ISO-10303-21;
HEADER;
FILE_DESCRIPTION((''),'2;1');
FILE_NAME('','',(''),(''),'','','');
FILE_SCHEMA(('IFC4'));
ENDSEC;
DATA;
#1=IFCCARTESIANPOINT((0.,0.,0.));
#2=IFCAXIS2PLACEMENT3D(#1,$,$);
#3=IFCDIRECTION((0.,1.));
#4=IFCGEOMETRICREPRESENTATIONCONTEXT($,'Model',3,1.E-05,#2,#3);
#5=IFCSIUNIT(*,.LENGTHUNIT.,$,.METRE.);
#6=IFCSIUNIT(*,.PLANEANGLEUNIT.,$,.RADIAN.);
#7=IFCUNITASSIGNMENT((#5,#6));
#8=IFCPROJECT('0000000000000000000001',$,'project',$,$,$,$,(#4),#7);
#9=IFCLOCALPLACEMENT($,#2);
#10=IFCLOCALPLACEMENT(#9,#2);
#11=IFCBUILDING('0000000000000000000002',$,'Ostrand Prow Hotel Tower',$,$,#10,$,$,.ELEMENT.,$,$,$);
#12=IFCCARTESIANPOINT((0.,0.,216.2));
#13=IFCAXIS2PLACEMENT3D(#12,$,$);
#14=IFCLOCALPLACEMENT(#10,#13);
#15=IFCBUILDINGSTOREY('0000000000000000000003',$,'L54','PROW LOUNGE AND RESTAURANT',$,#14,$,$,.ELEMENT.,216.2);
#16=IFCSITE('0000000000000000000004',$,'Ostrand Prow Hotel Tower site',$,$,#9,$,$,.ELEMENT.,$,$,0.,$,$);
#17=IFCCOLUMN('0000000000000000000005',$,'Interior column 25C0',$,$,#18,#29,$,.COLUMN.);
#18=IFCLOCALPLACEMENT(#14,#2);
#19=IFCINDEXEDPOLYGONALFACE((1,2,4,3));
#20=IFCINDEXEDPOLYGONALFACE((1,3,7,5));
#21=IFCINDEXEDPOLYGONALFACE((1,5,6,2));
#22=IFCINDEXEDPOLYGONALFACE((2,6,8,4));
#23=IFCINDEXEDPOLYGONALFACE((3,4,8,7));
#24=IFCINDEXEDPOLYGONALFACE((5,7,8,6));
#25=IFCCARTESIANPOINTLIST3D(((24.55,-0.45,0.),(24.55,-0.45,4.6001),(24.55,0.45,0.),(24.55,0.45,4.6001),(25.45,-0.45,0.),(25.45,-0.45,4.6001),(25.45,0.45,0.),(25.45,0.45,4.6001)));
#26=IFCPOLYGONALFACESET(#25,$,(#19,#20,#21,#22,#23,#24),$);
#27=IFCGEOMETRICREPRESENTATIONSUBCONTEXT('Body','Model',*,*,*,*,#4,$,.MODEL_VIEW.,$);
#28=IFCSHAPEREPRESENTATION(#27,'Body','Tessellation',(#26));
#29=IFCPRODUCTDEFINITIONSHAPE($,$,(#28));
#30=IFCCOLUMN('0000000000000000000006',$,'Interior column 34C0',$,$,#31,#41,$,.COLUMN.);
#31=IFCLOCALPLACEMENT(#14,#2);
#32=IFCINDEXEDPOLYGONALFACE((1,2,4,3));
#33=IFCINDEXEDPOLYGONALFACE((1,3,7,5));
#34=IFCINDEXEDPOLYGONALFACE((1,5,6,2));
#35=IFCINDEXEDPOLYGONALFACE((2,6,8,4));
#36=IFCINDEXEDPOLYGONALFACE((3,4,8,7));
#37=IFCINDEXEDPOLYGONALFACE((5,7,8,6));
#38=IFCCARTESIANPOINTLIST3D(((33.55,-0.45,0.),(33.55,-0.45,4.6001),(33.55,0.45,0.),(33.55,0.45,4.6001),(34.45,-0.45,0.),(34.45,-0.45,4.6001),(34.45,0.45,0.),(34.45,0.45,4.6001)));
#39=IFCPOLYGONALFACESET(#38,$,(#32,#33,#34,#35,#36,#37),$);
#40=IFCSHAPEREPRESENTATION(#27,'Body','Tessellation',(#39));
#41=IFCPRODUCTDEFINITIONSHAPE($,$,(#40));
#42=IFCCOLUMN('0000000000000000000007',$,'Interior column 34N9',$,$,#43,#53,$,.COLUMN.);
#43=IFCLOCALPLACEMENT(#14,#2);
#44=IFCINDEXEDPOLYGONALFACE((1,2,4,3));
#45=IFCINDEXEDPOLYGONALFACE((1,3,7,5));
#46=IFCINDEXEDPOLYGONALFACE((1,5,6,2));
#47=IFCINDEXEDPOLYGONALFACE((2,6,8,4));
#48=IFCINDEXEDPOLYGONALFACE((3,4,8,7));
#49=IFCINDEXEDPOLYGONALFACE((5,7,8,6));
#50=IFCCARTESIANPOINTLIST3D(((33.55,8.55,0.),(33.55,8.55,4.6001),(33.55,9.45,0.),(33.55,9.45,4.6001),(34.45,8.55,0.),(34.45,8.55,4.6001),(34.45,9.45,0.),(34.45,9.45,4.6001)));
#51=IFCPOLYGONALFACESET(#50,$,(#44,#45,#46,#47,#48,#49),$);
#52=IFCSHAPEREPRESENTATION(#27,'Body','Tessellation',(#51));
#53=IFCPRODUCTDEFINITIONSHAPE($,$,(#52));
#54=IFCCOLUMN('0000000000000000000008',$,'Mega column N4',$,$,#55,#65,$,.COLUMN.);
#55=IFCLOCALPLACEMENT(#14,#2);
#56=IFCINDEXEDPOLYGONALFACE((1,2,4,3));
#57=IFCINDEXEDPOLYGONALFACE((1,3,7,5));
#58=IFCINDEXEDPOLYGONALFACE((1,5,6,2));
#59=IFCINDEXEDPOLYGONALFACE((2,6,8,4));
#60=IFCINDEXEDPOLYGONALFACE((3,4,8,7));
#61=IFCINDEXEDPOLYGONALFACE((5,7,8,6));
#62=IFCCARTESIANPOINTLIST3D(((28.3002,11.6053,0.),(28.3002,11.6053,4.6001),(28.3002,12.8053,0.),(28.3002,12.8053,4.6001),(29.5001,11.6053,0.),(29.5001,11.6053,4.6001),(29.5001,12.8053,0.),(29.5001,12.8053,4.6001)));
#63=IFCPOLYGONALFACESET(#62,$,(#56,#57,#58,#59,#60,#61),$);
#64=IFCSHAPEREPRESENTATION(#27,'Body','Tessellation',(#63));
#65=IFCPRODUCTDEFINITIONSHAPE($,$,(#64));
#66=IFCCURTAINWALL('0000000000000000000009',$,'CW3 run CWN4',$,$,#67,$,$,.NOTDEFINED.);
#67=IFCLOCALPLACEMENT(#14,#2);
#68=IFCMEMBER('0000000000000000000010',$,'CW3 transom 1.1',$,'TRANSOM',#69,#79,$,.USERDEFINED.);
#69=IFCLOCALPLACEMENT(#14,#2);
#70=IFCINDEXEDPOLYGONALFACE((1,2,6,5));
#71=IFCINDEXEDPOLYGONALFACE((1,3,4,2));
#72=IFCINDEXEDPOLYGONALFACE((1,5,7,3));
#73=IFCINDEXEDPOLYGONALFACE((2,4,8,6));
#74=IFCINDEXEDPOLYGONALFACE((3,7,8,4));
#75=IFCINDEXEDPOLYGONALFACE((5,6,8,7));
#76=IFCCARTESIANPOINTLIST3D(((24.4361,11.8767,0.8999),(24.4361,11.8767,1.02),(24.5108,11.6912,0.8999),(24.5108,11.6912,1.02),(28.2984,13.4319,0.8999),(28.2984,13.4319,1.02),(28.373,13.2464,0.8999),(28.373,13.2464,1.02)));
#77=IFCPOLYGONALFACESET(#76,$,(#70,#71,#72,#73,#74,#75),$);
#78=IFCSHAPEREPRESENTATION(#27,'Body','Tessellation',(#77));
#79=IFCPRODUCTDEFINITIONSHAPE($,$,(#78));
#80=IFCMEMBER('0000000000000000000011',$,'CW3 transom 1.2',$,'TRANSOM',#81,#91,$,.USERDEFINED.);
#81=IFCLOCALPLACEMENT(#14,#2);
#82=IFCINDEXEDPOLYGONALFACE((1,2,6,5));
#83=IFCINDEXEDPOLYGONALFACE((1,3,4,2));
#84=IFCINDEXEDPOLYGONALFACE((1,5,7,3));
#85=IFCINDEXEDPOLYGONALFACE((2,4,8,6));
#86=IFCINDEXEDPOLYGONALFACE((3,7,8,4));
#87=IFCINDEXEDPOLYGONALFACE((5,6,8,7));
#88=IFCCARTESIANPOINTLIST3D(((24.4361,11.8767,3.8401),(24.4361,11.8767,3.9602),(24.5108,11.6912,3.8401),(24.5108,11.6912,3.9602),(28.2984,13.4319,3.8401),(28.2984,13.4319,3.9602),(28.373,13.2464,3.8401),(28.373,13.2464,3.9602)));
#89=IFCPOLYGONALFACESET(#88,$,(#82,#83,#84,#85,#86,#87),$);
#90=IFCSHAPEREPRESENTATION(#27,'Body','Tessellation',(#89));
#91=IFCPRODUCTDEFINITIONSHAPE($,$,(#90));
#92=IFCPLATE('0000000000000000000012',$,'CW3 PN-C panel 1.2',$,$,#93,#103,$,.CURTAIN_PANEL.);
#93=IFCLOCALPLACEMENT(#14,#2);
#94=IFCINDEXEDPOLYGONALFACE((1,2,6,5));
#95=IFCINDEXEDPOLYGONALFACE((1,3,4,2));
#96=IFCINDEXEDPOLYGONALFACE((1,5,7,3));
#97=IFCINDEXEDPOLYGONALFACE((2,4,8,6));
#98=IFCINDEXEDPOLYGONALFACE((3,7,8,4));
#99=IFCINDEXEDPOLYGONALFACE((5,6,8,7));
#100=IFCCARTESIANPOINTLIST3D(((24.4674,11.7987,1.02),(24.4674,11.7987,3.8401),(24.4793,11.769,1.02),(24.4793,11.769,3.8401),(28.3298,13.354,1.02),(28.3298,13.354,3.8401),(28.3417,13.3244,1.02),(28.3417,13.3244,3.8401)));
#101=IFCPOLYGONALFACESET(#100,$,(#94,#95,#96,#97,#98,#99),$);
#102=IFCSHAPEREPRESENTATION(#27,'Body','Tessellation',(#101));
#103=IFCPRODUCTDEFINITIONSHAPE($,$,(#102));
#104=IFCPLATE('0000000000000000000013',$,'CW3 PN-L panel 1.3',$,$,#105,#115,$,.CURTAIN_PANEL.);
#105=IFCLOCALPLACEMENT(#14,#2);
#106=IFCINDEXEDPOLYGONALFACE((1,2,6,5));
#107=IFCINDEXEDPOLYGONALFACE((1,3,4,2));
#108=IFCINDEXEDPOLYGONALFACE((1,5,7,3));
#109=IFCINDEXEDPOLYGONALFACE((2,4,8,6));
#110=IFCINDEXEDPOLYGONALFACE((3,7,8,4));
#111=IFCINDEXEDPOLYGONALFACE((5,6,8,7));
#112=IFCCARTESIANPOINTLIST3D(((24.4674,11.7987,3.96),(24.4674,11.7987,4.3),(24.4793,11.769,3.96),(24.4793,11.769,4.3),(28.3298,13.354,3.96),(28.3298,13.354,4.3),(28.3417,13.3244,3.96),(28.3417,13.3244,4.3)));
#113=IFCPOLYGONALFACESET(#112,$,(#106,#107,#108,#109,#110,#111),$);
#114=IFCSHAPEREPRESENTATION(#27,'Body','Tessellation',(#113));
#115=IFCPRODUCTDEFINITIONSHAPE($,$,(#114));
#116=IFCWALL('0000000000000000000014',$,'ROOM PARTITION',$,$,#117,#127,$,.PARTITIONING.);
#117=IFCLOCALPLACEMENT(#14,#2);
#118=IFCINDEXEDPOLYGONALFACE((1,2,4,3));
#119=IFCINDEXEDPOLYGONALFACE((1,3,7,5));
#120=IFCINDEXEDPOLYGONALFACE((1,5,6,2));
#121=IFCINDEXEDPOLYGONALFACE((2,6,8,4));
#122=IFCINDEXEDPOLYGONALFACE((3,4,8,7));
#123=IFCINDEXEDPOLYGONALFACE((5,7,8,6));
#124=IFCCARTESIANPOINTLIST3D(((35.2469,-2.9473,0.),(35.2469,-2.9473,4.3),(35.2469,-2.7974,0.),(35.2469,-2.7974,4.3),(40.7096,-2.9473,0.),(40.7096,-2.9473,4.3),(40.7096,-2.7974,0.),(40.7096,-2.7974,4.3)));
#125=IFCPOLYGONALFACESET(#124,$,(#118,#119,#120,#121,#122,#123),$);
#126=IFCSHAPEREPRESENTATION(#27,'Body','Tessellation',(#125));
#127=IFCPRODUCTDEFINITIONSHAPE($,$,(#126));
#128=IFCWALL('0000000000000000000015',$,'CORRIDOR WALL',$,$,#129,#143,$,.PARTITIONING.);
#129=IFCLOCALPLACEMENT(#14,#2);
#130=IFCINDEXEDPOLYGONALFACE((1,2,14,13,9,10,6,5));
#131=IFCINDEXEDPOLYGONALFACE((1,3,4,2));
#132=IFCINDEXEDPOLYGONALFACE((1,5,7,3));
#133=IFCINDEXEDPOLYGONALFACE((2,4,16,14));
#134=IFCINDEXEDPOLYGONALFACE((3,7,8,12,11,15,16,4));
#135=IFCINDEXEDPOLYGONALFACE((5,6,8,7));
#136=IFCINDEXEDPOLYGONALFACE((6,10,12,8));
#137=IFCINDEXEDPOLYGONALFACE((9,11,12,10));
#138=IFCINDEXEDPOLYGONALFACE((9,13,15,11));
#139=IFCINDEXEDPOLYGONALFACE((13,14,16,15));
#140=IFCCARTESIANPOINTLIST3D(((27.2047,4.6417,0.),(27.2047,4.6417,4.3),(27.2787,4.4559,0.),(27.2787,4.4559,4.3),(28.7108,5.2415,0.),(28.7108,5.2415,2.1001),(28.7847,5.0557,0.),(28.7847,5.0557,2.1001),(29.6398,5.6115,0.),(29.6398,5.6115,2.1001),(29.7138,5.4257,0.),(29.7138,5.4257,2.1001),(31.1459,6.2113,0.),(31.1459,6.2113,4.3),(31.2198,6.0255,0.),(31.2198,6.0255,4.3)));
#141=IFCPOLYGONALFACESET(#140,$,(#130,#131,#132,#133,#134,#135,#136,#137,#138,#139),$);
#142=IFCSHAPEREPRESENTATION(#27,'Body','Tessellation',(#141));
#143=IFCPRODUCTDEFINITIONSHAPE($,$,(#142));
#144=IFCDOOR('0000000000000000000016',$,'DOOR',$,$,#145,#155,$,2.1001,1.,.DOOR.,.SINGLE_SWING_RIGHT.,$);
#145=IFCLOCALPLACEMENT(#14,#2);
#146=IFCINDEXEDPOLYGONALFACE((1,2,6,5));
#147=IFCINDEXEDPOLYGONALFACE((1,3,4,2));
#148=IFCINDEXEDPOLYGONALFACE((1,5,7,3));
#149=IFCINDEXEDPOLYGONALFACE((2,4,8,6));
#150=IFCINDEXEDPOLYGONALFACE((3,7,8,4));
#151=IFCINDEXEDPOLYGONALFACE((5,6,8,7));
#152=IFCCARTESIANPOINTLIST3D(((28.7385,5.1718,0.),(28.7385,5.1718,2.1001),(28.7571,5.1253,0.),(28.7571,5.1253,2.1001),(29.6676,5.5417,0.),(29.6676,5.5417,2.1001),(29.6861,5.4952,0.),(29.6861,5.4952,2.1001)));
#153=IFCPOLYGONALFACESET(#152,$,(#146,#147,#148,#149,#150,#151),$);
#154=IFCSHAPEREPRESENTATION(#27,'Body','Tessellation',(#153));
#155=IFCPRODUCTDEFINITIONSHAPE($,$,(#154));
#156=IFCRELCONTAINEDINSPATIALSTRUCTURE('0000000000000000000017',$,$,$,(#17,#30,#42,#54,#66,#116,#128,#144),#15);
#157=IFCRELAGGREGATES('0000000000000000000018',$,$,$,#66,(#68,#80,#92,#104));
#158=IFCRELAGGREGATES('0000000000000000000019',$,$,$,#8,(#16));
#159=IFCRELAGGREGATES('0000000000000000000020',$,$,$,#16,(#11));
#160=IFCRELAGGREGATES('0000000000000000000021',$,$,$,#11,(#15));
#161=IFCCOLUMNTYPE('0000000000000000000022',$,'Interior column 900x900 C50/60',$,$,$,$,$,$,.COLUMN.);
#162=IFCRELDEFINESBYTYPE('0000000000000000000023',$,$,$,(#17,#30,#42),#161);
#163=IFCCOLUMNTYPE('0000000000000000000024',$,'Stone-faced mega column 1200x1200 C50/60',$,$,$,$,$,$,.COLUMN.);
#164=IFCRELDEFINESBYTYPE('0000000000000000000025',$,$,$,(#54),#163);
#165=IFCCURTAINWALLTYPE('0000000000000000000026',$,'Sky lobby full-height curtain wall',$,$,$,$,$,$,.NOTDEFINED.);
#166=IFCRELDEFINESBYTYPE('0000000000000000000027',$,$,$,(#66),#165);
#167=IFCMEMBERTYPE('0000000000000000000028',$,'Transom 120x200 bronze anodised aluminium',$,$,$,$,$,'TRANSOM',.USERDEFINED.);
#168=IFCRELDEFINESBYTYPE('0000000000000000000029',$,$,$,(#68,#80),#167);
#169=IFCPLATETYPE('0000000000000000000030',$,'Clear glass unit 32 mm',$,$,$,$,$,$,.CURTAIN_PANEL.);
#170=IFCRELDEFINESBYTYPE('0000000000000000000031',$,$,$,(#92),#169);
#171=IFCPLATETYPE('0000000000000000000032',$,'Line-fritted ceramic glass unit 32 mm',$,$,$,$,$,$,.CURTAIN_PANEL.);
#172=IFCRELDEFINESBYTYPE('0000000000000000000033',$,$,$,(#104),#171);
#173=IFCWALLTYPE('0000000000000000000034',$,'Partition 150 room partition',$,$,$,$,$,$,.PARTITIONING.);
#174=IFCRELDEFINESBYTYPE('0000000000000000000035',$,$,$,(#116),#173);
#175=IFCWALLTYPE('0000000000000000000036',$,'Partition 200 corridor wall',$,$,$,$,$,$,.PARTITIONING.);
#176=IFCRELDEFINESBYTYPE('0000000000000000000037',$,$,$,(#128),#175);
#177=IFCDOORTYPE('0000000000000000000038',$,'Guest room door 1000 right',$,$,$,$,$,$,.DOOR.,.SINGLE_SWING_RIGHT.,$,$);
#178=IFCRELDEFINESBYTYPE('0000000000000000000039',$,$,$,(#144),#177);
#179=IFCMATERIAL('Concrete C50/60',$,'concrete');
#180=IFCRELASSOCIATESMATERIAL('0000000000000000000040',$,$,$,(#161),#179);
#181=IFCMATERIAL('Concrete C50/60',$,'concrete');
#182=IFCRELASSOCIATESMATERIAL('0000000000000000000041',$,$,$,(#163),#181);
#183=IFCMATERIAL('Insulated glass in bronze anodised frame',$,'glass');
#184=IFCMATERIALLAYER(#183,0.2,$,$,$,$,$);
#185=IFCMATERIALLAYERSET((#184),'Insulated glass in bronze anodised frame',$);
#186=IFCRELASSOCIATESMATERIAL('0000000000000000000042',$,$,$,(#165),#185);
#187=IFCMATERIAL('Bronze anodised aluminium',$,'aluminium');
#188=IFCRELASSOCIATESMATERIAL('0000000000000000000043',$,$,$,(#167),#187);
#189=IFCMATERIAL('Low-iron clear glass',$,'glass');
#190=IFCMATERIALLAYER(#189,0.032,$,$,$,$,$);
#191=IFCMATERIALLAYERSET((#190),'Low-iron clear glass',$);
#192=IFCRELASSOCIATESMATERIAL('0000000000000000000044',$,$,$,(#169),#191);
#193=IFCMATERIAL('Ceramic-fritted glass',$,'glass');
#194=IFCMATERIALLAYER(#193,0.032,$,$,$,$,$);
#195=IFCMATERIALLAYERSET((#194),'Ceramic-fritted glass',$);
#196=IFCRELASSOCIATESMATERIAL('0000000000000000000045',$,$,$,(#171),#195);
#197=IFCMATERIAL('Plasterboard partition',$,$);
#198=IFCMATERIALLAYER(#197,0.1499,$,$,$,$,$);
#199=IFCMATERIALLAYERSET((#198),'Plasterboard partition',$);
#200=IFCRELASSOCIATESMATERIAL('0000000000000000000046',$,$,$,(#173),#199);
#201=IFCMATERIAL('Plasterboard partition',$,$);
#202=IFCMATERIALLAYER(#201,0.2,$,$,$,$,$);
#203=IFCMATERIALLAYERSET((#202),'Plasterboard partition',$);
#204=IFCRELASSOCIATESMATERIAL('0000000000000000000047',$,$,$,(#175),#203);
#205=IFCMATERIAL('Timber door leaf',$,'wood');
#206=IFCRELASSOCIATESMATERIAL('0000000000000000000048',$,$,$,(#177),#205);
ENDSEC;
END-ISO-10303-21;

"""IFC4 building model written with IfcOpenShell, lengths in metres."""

from ifc_helpers import new_model, si_unit, direction, frame, frame_2d, origin, origin_2d, place, context, subcontext, project, spatial, rectangle, extrude, material, layer, layer_set, material_profile, profile_set, type_object, element, fill, aggregate, save


model = new_model("IFC4")

# Units and contexts
model_context = context("Model", 3, precision=1e-05, world=origin(), true_north=direction((0.0, 1.0)))
body_context = subcontext(model_context, "Body", "Model", "MODEL_VIEW")
ifc_project = project(units=[si_unit("LENGTHUNIT", "METRE"), si_unit("PLANEANGLEUNIT", "RADIAN")], contexts=[model_context])

# Site, building, storey
site_placement = place(None, origin())
site = spatial("IfcSite", under=ifc_project, at=site_placement, Name="Ostrand Prow Hotel Tower site", CompositionType="ELEMENT", RefElevation=0.0)
building_placement = place(site_placement, origin())
building = spatial("IfcBuilding", under=site, at=building_placement, Name="Ostrand Prow Hotel Tower", CompositionType="ELEMENT")
storey_placement = place(building_placement, frame((0.0, 0.0, 216.2)))
storey = spatial("IfcBuildingStorey", under=building, at=storey_placement, Name="L54", Description="PROW LOUNGE AND RESTAURANT", CompositionType="ELEMENT", Elevation=216.2)

# Columns
ifc_material_1 = material(Name="Concrete C50/60", Category="concrete")
ifc_material_profile_1 = material_profile(ifc_material_1, rectangle(XDim=0.8999, YDim=0.8999, at=origin_2d()), Name="RC 900x900")
ifc_profile_set_1 = profile_set([ifc_material_profile_1], Name="Concrete C50/60")
column_type_1 = type_object("IfcColumnType", Name="Interior column 900x900 C50/60", PredefinedType="COLUMN", material=ifc_profile_set_1)
for number, where, z_axis, x_axis, name in (
    (1, (25.0, 0.0, 0.0), (0.0, 0.0, 1.0), (1.0, 0.0, 0.0), "Interior column 25C0"),
    (2, (34.0, 0.0, 0.0), (0.0, 0.0, 1.0), (1.0, 0.0, 0.0), "Interior column 34C0"),
    (3, (34.0, 9.0, 0.0), (0.0, 0.0, 1.0), (1.0, 0.0, 0.0), "Interior column 34N9"),
):
    element("IfcColumn", number, at=place(storey_placement, frame(where, z_axis=z_axis, x_axis=x_axis)), inside=storey, type_object=column_type_1, Name=name, PredefinedType="COLUMN", context=body_context, shape_type="SweptSolid", body=[
        extrude(rectangle(XDim=0.8999, YDim=0.8999, at=origin_2d()), origin(), (0.0, 0.0, 1.0), 4.6001),
    ])
ifc_material_2 = material(Name="Concrete C50/60", Category="concrete")
ifc_material_profile_2 = material_profile(ifc_material_2, rectangle(XDim=1.2, YDim=1.2, at=origin_2d()), Name="RC 1200x1200")
ifc_profile_set_2 = profile_set([ifc_material_profile_2], Name="Concrete C50/60")
column_type_2 = type_object("IfcColumnType", Name="Stone-faced mega column 1200x1200 C50/60", PredefinedType="COLUMN", material=ifc_profile_set_2)
column_placement = place(storey_placement, frame((28.9001, 12.2053, 0.0), z_axis=(0.0, 0.0, 1.0), x_axis=(1.0, 0.0, 0.0)))
element("IfcColumn", 4, at=column_placement, inside=storey, type_object=column_type_2, Name="Mega column N4", PredefinedType="COLUMN", context=body_context, shape_type="SweptSolid", body=[
    extrude(rectangle(XDim=1.2, YDim=1.2, at=origin_2d()), origin(), (0.0, 0.0, 1.0), 4.6001),
])

# Curtain wall, members, plates
ifc_material_3 = material(Name="Insulated glass in bronze anodised frame", Category="glass")
ifc_layer_1 = layer(ifc_material_3, 0.2)
ifc_layer_set_1 = layer_set([ifc_layer_1], Name="Insulated glass in bronze anodised frame")
curtain_wall_type = type_object("IfcCurtainWallType", Name="Sky lobby full-height curtain wall", PredefinedType="NOTDEFINED", material=ifc_layer_set_1)
curtain_wall_placement = place(storey_placement, origin())
curtain_wall = element("IfcCurtainWall", 5, at=curtain_wall_placement, inside=storey, type_object=curtain_wall_type, Name="CW3 run CWN4", PredefinedType="NOTDEFINED")
ifc_material_4 = material(Name="Bronze anodised aluminium", Category="aluminium")
ifc_material_profile_3 = material_profile(ifc_material_4, rectangle(XDim=0.2, YDim=0.1201, at=origin_2d()), Name="Transom 120x200 bronze anodised aluminium")
ifc_profile_set_3 = profile_set([ifc_material_profile_3], Name="Bronze anodised aluminium")
member_type = type_object("IfcMemberType", Name="Transom 120x200 bronze anodised aluminium", ElementType="TRANSOM", PredefinedType="USERDEFINED", material=ifc_profile_set_3)
member_1_placement = place(storey_placement, frame((28.3357, 13.3391, 0.96), z_axis=(-0.927625, -0.373513, 0.0), x_axis=(0.373513, -0.927625, 0.0)))
member_1 = element("IfcMember", 6, at=member_1_placement, type_object=member_type, Name="CW3 transom 1.1", ObjectType="TRANSOM", PredefinedType="USERDEFINED", context=body_context, shape_type="SweptSolid", body=[
    extrude(rectangle(XDim=0.2, YDim=0.1201, at=origin_2d()), origin(), (0.0, 0.0, 1.0), 4.1636),
])
member_2_placement = place(storey_placement, frame((28.3357, 13.3391, 3.9001), z_axis=(-0.927625, -0.373513, 0.0), x_axis=(0.373513, -0.927625, 0.0)))
member_2 = element("IfcMember", 7, at=member_2_placement, type_object=member_type, Name="CW3 transom 1.2", ObjectType="TRANSOM", PredefinedType="USERDEFINED", context=body_context, shape_type="SweptSolid", body=[
    extrude(rectangle(XDim=0.2, YDim=0.1201, at=origin_2d()), origin(), (0.0, 0.0, 1.0), 4.1636),
])
ifc_material_5 = material(Name="Low-iron clear glass", Category="glass")
ifc_layer_2 = layer(ifc_material_5, 0.032)
ifc_layer_set_2 = layer_set([ifc_layer_2], Name="Low-iron clear glass")
plate_type_1 = type_object("IfcPlateType", Name="Clear glass unit 32 mm", PredefinedType="CURTAIN_PANEL", material=ifc_layer_set_2)
plate_1_placement = place(storey_placement, frame((26.4045, 12.5615, 1.02), z_axis=(0.0, 0.0, 1.0), x_axis=(-0.927617, -0.373533, 0.0)))
plate_1 = element("IfcPlate", 8, at=plate_1_placement, type_object=plate_type_1, Name="CW3 PN-C panel 1.2", PredefinedType="CURTAIN_PANEL", context=body_context, shape_type="SweptSolid", body=[
    extrude(rectangle(XDim=4.1638, YDim=0.032, at=origin_2d()), origin(), (0.0, 0.0, 1.0), 2.8201),
])
ifc_material_6 = material(Name="Ceramic-fritted glass", Category="glass")
ifc_layer_3 = layer(ifc_material_6, 0.032)
ifc_layer_set_3 = layer_set([ifc_layer_3], Name="Ceramic-fritted glass")
plate_type_2 = type_object("IfcPlateType", Name="Line-fritted ceramic glass unit 32 mm", PredefinedType="CURTAIN_PANEL", material=ifc_layer_set_3)
plate_2_placement = place(storey_placement, frame((26.4045, 12.5615, 3.96), z_axis=(0.0, 0.0, 1.0), x_axis=(-0.927617, -0.373533, 0.0)))
plate_2 = element("IfcPlate", 9, at=plate_2_placement, type_object=plate_type_2, Name="CW3 PN-L panel 1.3", PredefinedType="CURTAIN_PANEL", context=body_context, shape_type="SweptSolid", body=[
    extrude(rectangle(XDim=4.1638, YDim=0.032, at=origin_2d()), origin(), (0.0, 0.0, 1.0), 0.3401),
])
aggregate(curtain_wall, [member_1, member_2, plate_1, plate_2])

# Wall
ifc_material_7 = material(Name="Plasterboard partition")
ifc_layer_4 = layer(ifc_material_7, 0.1499)
ifc_layer_set_4 = layer_set([ifc_layer_4], Name="Plasterboard partition")
wall_type_1 = type_object("IfcWallType", Name="Partition 150 room partition", PredefinedType="PARTITIONING", material=ifc_layer_set_4)
wall_1_placement = place(storey_placement, frame((35.2468, -2.8723, 0.0), z_axis=(0.0, 0.0, 1.0), x_axis=(1.0, 0.0, 0.0)))
element("IfcWall", 10, at=wall_1_placement, inside=storey, type_object=wall_type_1, Name="ROOM PARTITION", PredefinedType="PARTITIONING", context=body_context, shape_type="SweptSolid", body=[
    extrude(rectangle(XDim=5.4626, YDim=0.1499, at=frame_2d((2.7314, 0.0))), origin(), (0.0, 0.0, 1.0), 4.3),
])

# Wall, opening, door
ifc_material_8 = material(Name="Plasterboard partition")
ifc_layer_5 = layer(ifc_material_8, 0.2)
ifc_layer_set_5 = layer_set([ifc_layer_5], Name="Plasterboard partition")
wall_type_2 = type_object("IfcWallType", Name="Partition 200 corridor wall", PredefinedType="PARTITIONING", material=ifc_layer_set_5)
wall_2_placement = place(storey_placement, frame((27.2417, 4.5488, 0.0), z_axis=(0.0, 0.0, 1.0), x_axis=(0.929035, 0.369991, 0.0)))
wall_2 = element("IfcWall", 11, at=wall_2_placement, inside=storey, type_object=wall_type_2, Name="CORRIDOR WALL", PredefinedType="PARTITIONING", context=body_context, shape_type="SweptSolid", body=[
    extrude(rectangle(XDim=4.2422, YDim=0.2, at=frame_2d((2.1211, 0.0))), origin(), (0.0, 0.0, 1.0), 4.3),
])
opening_1_placement = place(wall_2_placement, frame((1.6211, 0.0, 0.0)))
opening_1 = element("IfcOpeningElement", 12, at=opening_1_placement, cuts=wall_2, PredefinedType="OPENING", context=body_context, shape_type="SweptSolid", body=[
    extrude(rectangle(XDim=1.0, YDim=2.1001, at=frame_2d((0.5, 1.05))), frame((0.0, 0.1099, 0.0), z_axis=(0.0, -1.0, 0.0), x_axis=(1.0, 0.0, 0.0)), (0.0, 0.0, 1.0), 0.22),
])
ifc_material_9 = material(Name="Timber door leaf", Category="wood")
door_type_1 = type_object("IfcDoorType", Name="Guest room door 1000 right", OperationType="SINGLE_SWING_RIGHT", PredefinedType="DOOR", material=ifc_material_9)
door_1_placement = place(opening_1_placement, origin())
door_1 = element("IfcDoor", 13, at=door_1_placement, inside=storey, type_object=door_type_1, Name="DOOR", OperationType="SINGLE_SWING_RIGHT", OverallHeight=2.1001, OverallWidth=1.0, PredefinedType="DOOR", context=body_context, shape_type="SweptSolid", body=[
    extrude(rectangle(XDim=1.0, YDim=2.1001, at=frame_2d((0.5, 1.05))), frame((0.0, 0.0249, 0.0), z_axis=(0.0, -1.0, 0.0), x_axis=(1.0, 0.0, 0.0)), (0.0, 0.0, 1.0), 0.05),
])
fill(opening_1, door_1)

save(model, "model.ifc")
